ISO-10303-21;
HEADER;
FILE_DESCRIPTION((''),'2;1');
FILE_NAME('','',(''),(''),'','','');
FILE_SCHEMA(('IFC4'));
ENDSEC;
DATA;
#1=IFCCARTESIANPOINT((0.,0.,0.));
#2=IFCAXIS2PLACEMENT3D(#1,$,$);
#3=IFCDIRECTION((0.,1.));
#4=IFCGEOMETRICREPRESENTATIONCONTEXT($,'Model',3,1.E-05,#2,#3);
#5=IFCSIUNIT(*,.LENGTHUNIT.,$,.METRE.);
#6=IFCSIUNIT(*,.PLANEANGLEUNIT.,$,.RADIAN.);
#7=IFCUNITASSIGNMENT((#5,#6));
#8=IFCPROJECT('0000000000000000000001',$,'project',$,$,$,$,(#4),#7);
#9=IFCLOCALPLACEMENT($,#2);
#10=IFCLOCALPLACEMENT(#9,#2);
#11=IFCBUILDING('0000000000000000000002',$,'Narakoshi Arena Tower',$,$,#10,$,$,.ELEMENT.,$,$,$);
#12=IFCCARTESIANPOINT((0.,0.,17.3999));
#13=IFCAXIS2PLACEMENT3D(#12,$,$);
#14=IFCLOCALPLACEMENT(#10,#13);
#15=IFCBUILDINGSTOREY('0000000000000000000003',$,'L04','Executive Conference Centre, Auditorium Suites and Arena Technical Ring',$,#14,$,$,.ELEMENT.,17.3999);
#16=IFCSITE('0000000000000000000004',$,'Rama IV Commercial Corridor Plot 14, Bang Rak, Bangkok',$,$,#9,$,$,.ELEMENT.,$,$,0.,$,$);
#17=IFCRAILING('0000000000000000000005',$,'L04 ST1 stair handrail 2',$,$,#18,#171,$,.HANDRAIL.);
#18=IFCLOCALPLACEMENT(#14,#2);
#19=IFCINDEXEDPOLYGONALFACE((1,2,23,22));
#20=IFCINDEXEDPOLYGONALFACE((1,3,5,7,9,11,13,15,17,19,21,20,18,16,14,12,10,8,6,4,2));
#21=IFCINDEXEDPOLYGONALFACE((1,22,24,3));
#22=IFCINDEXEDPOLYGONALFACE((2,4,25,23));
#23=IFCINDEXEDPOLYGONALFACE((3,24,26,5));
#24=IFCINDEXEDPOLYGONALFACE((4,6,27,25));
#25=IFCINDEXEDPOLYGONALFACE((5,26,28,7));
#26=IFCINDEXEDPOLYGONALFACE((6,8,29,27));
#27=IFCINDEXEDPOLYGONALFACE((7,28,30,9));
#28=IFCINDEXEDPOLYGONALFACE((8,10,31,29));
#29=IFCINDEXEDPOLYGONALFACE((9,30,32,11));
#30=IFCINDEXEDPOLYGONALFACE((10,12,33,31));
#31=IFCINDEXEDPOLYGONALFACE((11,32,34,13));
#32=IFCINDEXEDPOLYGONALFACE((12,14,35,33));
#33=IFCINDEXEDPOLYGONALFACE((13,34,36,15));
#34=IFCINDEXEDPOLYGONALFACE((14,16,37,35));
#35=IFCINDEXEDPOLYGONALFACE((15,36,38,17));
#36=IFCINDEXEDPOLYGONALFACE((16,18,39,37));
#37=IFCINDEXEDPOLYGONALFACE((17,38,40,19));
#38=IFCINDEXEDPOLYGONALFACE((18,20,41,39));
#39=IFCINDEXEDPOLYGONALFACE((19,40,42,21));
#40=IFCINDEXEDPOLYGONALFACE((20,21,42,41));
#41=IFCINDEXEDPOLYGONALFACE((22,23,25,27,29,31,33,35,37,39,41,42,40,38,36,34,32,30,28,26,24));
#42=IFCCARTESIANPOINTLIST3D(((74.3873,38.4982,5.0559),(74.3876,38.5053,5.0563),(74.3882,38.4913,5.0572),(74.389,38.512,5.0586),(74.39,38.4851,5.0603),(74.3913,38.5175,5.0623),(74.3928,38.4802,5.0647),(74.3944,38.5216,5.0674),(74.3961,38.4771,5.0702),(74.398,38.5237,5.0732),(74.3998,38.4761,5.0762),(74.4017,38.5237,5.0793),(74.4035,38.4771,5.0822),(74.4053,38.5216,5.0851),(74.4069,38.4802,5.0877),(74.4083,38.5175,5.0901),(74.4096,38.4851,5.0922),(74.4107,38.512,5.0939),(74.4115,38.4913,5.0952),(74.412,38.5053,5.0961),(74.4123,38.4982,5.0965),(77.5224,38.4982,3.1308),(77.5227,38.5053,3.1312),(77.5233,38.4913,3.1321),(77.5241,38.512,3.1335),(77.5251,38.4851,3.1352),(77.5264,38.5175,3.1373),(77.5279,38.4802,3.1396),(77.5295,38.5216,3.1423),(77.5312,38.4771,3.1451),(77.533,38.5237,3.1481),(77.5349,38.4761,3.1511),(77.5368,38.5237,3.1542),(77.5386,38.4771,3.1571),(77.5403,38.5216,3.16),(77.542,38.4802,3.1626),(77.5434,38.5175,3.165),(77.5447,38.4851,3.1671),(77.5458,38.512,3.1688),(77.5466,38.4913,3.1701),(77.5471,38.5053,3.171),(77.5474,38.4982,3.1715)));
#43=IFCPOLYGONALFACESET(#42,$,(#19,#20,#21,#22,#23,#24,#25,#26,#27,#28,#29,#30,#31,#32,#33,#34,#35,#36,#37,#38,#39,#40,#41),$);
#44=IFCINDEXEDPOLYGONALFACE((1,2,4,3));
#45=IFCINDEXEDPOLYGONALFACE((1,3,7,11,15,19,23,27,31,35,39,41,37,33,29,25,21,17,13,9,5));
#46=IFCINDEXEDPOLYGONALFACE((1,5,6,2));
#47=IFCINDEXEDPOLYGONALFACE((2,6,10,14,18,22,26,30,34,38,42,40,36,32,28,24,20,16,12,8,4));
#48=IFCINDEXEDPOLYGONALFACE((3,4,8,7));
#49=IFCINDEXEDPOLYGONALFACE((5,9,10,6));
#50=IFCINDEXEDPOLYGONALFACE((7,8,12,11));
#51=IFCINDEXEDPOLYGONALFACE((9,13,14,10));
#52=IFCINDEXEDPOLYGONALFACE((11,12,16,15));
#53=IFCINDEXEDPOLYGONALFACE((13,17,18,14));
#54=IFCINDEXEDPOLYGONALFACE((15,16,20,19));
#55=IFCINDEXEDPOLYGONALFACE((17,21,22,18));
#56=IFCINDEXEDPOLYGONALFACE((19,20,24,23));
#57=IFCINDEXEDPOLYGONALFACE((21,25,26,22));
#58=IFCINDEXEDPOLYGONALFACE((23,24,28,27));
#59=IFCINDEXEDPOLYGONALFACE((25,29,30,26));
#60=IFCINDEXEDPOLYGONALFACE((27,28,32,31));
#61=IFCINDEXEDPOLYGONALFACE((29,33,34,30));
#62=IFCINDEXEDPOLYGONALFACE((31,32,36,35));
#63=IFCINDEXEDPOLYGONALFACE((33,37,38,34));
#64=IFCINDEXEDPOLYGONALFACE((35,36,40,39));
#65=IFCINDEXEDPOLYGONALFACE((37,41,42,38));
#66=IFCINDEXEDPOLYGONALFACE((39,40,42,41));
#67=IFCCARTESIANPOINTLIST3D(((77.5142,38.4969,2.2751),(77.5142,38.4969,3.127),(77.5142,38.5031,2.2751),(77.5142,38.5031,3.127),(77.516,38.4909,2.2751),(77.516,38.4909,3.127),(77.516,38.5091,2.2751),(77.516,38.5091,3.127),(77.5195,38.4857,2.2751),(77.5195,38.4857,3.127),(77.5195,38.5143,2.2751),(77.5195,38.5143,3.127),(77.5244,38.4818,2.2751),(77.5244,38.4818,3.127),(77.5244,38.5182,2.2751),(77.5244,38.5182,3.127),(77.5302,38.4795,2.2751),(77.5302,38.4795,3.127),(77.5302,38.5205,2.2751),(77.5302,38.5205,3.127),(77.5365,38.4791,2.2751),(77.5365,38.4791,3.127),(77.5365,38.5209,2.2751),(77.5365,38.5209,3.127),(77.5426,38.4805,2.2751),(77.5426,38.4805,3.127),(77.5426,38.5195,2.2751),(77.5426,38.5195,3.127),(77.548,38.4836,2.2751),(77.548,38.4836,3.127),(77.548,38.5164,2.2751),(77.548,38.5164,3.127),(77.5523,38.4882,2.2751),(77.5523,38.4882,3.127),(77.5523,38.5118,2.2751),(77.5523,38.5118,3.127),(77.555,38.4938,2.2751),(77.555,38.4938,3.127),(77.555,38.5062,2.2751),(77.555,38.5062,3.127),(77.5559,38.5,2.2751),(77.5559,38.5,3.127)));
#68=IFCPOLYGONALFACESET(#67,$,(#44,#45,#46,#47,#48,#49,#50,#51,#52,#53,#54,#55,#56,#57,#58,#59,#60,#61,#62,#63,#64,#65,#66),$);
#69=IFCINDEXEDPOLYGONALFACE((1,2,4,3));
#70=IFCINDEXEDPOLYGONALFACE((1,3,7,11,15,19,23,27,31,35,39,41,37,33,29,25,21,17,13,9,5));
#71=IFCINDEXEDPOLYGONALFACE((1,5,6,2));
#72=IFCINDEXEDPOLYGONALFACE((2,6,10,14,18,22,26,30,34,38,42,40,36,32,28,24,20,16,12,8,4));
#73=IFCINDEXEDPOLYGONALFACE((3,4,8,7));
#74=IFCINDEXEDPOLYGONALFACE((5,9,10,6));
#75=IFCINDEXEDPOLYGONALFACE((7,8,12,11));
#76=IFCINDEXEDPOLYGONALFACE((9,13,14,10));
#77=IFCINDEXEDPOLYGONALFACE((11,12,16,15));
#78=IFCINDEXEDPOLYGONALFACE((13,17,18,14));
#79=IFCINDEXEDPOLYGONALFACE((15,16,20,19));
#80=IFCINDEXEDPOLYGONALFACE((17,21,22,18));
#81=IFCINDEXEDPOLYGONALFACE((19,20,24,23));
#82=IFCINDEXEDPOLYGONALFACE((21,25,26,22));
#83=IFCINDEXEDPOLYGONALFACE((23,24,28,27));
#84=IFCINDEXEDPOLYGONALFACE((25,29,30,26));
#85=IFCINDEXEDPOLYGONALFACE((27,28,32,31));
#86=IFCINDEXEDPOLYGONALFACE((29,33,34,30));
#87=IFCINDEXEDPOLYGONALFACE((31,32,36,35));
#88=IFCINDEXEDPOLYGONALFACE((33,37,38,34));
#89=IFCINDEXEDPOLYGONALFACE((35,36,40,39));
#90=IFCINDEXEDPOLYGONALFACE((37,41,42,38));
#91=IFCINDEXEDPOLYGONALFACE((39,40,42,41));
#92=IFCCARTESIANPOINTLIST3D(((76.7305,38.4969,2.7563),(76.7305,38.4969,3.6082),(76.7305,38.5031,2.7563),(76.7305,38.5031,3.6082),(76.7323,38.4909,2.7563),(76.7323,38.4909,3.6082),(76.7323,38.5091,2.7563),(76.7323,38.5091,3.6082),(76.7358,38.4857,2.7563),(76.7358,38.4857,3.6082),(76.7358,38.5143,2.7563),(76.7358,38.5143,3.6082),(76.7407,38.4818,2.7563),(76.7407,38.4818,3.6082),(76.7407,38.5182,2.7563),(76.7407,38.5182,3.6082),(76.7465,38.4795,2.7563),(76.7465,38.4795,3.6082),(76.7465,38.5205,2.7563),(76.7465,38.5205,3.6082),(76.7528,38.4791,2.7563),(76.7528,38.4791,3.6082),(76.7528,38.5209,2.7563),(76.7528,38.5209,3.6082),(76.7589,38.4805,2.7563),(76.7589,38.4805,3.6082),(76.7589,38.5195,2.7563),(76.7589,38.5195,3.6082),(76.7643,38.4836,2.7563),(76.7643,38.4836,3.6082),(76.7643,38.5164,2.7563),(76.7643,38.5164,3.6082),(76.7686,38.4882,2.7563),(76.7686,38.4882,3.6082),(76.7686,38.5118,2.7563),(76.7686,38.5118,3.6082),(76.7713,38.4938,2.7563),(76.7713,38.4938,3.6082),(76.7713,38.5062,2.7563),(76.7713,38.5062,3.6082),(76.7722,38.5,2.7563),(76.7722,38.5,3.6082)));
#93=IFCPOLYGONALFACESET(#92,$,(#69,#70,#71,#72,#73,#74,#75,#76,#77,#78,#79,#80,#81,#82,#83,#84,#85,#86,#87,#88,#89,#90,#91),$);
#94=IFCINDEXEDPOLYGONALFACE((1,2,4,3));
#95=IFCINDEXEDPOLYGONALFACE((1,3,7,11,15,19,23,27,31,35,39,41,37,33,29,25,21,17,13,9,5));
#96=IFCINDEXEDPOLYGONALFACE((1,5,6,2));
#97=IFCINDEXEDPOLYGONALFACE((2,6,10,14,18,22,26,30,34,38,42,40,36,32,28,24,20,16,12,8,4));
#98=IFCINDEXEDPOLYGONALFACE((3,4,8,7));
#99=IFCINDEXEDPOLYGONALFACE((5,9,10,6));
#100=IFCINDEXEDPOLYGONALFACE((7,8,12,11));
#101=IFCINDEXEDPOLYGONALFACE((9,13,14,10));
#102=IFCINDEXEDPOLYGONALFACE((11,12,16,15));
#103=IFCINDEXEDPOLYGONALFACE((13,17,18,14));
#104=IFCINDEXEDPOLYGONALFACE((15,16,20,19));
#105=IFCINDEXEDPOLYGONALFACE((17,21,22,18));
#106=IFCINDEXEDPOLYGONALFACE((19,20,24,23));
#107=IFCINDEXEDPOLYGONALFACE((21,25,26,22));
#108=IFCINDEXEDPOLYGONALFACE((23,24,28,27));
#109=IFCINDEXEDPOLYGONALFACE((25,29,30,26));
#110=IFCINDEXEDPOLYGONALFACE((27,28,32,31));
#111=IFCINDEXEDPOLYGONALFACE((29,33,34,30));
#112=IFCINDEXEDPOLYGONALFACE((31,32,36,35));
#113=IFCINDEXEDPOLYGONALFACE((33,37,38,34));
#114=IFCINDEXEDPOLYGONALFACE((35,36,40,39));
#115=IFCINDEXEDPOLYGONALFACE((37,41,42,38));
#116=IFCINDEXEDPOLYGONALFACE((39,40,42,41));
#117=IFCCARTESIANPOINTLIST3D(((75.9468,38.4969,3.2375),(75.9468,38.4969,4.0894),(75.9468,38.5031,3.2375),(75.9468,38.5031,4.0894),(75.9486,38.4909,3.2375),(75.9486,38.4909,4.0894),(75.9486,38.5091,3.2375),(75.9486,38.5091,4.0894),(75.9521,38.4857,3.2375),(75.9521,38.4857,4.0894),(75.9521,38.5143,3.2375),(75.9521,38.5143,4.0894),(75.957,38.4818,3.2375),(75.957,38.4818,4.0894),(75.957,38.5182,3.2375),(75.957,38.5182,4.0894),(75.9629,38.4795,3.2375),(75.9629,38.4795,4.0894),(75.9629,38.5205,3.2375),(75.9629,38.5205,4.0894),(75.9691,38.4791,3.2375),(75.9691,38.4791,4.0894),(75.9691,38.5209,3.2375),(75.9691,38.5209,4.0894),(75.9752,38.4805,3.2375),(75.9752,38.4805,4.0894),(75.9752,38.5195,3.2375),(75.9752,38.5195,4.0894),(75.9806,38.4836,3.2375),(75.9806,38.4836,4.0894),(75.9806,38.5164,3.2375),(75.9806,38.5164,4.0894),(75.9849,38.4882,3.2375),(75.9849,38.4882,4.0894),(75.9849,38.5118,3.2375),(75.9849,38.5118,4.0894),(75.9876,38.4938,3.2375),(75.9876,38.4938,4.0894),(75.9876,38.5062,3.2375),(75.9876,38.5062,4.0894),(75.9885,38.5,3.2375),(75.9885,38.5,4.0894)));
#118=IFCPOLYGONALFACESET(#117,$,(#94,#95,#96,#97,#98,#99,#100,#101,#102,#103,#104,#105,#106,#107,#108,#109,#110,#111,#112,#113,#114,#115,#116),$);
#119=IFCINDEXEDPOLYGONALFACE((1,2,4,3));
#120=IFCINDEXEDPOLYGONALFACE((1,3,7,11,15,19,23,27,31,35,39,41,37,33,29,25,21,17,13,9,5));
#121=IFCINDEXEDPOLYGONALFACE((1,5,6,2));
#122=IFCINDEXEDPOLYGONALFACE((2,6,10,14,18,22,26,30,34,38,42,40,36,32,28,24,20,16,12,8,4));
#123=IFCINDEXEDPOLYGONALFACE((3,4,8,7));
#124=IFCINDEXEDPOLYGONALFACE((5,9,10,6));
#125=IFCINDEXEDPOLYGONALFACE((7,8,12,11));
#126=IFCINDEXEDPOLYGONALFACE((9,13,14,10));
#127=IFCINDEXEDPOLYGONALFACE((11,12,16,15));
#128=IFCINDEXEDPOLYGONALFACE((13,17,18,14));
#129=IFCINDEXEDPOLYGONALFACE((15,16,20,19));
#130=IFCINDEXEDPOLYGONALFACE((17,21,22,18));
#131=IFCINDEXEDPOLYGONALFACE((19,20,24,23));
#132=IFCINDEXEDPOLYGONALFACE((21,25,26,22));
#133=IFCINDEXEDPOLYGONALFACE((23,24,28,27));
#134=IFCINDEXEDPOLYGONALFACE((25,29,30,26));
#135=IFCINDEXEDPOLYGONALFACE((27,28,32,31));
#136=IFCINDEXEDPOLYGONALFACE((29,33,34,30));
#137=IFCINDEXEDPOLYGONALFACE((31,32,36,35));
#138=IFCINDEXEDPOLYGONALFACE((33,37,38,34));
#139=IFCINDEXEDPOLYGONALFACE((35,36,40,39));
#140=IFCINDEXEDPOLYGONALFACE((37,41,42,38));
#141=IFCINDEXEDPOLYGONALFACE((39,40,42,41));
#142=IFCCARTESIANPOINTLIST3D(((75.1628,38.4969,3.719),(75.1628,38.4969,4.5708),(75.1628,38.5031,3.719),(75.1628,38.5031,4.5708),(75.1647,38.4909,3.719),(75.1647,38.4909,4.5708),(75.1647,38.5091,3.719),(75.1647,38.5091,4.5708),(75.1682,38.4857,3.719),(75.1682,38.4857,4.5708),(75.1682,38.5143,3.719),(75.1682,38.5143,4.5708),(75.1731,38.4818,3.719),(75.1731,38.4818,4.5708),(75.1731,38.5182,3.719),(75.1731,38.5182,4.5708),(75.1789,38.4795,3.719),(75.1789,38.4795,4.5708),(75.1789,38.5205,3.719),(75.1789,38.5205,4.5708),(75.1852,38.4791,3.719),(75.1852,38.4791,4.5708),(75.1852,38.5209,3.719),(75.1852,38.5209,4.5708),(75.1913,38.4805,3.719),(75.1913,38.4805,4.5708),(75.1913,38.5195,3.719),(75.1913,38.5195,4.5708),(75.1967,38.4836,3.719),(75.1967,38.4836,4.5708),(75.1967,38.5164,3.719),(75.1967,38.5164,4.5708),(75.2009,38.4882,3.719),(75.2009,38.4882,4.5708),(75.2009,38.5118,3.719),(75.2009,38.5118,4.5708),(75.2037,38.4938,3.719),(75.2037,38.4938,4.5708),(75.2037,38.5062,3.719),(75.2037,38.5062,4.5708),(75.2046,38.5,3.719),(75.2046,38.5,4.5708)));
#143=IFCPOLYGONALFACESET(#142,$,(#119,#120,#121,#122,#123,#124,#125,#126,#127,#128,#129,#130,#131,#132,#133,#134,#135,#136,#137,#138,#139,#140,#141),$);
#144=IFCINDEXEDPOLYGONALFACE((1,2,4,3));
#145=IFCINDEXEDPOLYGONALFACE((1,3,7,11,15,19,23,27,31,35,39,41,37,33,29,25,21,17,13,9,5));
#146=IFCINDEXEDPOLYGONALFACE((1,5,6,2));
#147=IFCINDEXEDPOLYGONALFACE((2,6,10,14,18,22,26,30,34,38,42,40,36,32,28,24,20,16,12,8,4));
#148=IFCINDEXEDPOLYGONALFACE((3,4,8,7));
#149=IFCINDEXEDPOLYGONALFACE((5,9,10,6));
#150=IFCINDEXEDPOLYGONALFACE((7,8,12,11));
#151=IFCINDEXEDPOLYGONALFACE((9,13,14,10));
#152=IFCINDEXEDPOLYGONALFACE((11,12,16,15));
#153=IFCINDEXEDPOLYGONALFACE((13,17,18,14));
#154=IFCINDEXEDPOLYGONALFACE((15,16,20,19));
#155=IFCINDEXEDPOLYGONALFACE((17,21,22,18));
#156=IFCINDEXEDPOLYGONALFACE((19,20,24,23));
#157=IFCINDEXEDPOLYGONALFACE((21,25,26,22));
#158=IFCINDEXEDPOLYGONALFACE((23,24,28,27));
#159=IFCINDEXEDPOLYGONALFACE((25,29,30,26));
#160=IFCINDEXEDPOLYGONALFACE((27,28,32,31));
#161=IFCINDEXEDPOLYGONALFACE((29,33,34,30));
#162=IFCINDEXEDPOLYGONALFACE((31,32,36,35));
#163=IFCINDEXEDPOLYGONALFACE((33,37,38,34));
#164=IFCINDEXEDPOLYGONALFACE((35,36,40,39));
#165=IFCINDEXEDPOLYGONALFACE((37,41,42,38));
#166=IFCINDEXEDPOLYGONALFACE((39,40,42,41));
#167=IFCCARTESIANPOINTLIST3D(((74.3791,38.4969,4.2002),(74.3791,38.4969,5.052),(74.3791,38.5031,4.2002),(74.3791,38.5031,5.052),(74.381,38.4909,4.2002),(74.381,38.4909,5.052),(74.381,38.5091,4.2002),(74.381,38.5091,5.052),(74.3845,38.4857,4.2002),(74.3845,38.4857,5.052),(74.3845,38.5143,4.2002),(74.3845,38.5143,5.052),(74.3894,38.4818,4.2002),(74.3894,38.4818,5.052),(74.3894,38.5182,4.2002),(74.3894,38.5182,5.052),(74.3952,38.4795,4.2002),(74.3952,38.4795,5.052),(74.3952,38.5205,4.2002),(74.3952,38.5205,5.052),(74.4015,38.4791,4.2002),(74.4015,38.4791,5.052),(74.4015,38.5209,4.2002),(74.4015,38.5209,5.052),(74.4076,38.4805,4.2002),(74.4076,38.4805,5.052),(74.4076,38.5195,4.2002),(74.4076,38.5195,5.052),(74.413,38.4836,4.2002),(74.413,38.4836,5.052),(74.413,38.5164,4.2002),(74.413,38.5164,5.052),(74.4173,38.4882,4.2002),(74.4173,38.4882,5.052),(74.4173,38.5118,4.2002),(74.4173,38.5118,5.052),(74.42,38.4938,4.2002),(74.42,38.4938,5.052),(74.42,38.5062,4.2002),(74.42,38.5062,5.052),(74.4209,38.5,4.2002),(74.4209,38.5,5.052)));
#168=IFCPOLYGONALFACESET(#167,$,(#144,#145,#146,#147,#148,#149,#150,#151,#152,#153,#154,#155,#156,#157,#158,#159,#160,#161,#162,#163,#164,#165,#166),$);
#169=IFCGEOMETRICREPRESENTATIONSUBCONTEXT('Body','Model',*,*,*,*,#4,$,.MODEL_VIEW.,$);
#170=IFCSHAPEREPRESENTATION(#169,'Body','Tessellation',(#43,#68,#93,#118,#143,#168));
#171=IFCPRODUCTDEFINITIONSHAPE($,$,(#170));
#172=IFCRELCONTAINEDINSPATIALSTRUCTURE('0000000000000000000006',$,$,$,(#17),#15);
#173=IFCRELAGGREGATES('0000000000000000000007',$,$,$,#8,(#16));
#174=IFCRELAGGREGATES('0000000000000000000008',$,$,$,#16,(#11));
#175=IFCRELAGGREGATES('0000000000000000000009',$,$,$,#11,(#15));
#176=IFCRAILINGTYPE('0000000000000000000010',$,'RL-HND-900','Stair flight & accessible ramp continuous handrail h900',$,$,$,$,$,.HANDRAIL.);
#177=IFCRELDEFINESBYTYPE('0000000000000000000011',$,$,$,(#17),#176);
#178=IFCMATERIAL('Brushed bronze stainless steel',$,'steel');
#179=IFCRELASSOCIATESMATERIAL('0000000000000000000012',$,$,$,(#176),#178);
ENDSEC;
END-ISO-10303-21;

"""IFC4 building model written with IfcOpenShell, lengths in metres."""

from ifc_helpers import new_model, si_unit, direction, frame, origin, origin_2d, place, context, subcontext, project, spatial, circle, extrude, material, type_object, element, save


model = new_model("IFC4")

# Units and contexts
model_context = context("Model", 3, precision=1e-05, world=origin(), true_north=direction((0.0, 1.0)))
body_context = subcontext(model_context, "Body", "Model", "MODEL_VIEW")
ifc_project = project(units=[si_unit("LENGTHUNIT", "METRE"), si_unit("PLANEANGLEUNIT", "RADIAN")], contexts=[model_context])

# Site, building, storey
site_placement = place(None, origin())
site = spatial("IfcSite", under=ifc_project, at=site_placement, Name="Rama IV Commercial Corridor Plot 14, Bang Rak, Bangkok", CompositionType="ELEMENT", RefElevation=0.0)
building_placement = place(site_placement, origin())
building = spatial("IfcBuilding", under=site, at=building_placement, Name="Narakoshi Arena Tower", CompositionType="ELEMENT")
storey_placement = place(building_placement, frame((0.0, 0.0, 17.3999)))
storey = spatial("IfcBuildingStorey", under=building, at=storey_placement, Name="L04", Description="Executive Conference Centre, Auditorium Suites and Arena Technical Ring", CompositionType="ELEMENT", Elevation=17.3999)

# Shared definitions
ifc_material_1 = material(Name="Brushed bronze stainless steel", Category="steel")

# Railing
railing_type_1 = type_object("IfcRailingType", Name="RL-HND-900", Description="Stair flight & accessible ramp continuous handrail h900", PredefinedType="HANDRAIL", material=ifc_material_1)
for number, where, name in (
    (1, (77.5349, 38.5, 2.2751), "L04 ST1 stair handrail 2"),
):
    element("IfcRailing", number, at=place(storey_placement, frame(where)), inside=storey, type_object=railing_type_1, Name=name, PredefinedType="HANDRAIL", context=body_context, shape_type="SweptSolid", body=[
        extrude(circle(Radius=0.0239, at=origin_2d()), frame((0.0, 0.0, 0.876), z_axis=(-0.852166, 0.0, 0.523271), x_axis=(0.0, -1.0, 0.0)), (0.0, 0.0, 1.0), 3.679),
        extrude(circle(Radius=0.021, at=origin_2d()), origin(), (0.0, 0.0, 1.0), 0.8518),
        extrude(circle(Radius=0.021, at=origin_2d()), frame((-0.7837, 0.0, 0.4812)), (0.0, 0.0, 1.0), 0.8518),
        extrude(circle(Radius=0.021, at=origin_2d()), frame((-1.5674, 0.0, 0.9624)), (0.0, 0.0, 1.0), 0.8518),
        extrude(circle(Radius=0.021, at=origin_2d()), frame((-2.3513, 0.0, 1.4438)), (0.0, 0.0, 1.0), 0.8518),
        extrude(circle(Radius=0.021, at=origin_2d()), frame((-3.135, 0.0, 1.925)), (0.0, 0.0, 1.0), 0.8518),
    ])

save(model, "model.ifc")
